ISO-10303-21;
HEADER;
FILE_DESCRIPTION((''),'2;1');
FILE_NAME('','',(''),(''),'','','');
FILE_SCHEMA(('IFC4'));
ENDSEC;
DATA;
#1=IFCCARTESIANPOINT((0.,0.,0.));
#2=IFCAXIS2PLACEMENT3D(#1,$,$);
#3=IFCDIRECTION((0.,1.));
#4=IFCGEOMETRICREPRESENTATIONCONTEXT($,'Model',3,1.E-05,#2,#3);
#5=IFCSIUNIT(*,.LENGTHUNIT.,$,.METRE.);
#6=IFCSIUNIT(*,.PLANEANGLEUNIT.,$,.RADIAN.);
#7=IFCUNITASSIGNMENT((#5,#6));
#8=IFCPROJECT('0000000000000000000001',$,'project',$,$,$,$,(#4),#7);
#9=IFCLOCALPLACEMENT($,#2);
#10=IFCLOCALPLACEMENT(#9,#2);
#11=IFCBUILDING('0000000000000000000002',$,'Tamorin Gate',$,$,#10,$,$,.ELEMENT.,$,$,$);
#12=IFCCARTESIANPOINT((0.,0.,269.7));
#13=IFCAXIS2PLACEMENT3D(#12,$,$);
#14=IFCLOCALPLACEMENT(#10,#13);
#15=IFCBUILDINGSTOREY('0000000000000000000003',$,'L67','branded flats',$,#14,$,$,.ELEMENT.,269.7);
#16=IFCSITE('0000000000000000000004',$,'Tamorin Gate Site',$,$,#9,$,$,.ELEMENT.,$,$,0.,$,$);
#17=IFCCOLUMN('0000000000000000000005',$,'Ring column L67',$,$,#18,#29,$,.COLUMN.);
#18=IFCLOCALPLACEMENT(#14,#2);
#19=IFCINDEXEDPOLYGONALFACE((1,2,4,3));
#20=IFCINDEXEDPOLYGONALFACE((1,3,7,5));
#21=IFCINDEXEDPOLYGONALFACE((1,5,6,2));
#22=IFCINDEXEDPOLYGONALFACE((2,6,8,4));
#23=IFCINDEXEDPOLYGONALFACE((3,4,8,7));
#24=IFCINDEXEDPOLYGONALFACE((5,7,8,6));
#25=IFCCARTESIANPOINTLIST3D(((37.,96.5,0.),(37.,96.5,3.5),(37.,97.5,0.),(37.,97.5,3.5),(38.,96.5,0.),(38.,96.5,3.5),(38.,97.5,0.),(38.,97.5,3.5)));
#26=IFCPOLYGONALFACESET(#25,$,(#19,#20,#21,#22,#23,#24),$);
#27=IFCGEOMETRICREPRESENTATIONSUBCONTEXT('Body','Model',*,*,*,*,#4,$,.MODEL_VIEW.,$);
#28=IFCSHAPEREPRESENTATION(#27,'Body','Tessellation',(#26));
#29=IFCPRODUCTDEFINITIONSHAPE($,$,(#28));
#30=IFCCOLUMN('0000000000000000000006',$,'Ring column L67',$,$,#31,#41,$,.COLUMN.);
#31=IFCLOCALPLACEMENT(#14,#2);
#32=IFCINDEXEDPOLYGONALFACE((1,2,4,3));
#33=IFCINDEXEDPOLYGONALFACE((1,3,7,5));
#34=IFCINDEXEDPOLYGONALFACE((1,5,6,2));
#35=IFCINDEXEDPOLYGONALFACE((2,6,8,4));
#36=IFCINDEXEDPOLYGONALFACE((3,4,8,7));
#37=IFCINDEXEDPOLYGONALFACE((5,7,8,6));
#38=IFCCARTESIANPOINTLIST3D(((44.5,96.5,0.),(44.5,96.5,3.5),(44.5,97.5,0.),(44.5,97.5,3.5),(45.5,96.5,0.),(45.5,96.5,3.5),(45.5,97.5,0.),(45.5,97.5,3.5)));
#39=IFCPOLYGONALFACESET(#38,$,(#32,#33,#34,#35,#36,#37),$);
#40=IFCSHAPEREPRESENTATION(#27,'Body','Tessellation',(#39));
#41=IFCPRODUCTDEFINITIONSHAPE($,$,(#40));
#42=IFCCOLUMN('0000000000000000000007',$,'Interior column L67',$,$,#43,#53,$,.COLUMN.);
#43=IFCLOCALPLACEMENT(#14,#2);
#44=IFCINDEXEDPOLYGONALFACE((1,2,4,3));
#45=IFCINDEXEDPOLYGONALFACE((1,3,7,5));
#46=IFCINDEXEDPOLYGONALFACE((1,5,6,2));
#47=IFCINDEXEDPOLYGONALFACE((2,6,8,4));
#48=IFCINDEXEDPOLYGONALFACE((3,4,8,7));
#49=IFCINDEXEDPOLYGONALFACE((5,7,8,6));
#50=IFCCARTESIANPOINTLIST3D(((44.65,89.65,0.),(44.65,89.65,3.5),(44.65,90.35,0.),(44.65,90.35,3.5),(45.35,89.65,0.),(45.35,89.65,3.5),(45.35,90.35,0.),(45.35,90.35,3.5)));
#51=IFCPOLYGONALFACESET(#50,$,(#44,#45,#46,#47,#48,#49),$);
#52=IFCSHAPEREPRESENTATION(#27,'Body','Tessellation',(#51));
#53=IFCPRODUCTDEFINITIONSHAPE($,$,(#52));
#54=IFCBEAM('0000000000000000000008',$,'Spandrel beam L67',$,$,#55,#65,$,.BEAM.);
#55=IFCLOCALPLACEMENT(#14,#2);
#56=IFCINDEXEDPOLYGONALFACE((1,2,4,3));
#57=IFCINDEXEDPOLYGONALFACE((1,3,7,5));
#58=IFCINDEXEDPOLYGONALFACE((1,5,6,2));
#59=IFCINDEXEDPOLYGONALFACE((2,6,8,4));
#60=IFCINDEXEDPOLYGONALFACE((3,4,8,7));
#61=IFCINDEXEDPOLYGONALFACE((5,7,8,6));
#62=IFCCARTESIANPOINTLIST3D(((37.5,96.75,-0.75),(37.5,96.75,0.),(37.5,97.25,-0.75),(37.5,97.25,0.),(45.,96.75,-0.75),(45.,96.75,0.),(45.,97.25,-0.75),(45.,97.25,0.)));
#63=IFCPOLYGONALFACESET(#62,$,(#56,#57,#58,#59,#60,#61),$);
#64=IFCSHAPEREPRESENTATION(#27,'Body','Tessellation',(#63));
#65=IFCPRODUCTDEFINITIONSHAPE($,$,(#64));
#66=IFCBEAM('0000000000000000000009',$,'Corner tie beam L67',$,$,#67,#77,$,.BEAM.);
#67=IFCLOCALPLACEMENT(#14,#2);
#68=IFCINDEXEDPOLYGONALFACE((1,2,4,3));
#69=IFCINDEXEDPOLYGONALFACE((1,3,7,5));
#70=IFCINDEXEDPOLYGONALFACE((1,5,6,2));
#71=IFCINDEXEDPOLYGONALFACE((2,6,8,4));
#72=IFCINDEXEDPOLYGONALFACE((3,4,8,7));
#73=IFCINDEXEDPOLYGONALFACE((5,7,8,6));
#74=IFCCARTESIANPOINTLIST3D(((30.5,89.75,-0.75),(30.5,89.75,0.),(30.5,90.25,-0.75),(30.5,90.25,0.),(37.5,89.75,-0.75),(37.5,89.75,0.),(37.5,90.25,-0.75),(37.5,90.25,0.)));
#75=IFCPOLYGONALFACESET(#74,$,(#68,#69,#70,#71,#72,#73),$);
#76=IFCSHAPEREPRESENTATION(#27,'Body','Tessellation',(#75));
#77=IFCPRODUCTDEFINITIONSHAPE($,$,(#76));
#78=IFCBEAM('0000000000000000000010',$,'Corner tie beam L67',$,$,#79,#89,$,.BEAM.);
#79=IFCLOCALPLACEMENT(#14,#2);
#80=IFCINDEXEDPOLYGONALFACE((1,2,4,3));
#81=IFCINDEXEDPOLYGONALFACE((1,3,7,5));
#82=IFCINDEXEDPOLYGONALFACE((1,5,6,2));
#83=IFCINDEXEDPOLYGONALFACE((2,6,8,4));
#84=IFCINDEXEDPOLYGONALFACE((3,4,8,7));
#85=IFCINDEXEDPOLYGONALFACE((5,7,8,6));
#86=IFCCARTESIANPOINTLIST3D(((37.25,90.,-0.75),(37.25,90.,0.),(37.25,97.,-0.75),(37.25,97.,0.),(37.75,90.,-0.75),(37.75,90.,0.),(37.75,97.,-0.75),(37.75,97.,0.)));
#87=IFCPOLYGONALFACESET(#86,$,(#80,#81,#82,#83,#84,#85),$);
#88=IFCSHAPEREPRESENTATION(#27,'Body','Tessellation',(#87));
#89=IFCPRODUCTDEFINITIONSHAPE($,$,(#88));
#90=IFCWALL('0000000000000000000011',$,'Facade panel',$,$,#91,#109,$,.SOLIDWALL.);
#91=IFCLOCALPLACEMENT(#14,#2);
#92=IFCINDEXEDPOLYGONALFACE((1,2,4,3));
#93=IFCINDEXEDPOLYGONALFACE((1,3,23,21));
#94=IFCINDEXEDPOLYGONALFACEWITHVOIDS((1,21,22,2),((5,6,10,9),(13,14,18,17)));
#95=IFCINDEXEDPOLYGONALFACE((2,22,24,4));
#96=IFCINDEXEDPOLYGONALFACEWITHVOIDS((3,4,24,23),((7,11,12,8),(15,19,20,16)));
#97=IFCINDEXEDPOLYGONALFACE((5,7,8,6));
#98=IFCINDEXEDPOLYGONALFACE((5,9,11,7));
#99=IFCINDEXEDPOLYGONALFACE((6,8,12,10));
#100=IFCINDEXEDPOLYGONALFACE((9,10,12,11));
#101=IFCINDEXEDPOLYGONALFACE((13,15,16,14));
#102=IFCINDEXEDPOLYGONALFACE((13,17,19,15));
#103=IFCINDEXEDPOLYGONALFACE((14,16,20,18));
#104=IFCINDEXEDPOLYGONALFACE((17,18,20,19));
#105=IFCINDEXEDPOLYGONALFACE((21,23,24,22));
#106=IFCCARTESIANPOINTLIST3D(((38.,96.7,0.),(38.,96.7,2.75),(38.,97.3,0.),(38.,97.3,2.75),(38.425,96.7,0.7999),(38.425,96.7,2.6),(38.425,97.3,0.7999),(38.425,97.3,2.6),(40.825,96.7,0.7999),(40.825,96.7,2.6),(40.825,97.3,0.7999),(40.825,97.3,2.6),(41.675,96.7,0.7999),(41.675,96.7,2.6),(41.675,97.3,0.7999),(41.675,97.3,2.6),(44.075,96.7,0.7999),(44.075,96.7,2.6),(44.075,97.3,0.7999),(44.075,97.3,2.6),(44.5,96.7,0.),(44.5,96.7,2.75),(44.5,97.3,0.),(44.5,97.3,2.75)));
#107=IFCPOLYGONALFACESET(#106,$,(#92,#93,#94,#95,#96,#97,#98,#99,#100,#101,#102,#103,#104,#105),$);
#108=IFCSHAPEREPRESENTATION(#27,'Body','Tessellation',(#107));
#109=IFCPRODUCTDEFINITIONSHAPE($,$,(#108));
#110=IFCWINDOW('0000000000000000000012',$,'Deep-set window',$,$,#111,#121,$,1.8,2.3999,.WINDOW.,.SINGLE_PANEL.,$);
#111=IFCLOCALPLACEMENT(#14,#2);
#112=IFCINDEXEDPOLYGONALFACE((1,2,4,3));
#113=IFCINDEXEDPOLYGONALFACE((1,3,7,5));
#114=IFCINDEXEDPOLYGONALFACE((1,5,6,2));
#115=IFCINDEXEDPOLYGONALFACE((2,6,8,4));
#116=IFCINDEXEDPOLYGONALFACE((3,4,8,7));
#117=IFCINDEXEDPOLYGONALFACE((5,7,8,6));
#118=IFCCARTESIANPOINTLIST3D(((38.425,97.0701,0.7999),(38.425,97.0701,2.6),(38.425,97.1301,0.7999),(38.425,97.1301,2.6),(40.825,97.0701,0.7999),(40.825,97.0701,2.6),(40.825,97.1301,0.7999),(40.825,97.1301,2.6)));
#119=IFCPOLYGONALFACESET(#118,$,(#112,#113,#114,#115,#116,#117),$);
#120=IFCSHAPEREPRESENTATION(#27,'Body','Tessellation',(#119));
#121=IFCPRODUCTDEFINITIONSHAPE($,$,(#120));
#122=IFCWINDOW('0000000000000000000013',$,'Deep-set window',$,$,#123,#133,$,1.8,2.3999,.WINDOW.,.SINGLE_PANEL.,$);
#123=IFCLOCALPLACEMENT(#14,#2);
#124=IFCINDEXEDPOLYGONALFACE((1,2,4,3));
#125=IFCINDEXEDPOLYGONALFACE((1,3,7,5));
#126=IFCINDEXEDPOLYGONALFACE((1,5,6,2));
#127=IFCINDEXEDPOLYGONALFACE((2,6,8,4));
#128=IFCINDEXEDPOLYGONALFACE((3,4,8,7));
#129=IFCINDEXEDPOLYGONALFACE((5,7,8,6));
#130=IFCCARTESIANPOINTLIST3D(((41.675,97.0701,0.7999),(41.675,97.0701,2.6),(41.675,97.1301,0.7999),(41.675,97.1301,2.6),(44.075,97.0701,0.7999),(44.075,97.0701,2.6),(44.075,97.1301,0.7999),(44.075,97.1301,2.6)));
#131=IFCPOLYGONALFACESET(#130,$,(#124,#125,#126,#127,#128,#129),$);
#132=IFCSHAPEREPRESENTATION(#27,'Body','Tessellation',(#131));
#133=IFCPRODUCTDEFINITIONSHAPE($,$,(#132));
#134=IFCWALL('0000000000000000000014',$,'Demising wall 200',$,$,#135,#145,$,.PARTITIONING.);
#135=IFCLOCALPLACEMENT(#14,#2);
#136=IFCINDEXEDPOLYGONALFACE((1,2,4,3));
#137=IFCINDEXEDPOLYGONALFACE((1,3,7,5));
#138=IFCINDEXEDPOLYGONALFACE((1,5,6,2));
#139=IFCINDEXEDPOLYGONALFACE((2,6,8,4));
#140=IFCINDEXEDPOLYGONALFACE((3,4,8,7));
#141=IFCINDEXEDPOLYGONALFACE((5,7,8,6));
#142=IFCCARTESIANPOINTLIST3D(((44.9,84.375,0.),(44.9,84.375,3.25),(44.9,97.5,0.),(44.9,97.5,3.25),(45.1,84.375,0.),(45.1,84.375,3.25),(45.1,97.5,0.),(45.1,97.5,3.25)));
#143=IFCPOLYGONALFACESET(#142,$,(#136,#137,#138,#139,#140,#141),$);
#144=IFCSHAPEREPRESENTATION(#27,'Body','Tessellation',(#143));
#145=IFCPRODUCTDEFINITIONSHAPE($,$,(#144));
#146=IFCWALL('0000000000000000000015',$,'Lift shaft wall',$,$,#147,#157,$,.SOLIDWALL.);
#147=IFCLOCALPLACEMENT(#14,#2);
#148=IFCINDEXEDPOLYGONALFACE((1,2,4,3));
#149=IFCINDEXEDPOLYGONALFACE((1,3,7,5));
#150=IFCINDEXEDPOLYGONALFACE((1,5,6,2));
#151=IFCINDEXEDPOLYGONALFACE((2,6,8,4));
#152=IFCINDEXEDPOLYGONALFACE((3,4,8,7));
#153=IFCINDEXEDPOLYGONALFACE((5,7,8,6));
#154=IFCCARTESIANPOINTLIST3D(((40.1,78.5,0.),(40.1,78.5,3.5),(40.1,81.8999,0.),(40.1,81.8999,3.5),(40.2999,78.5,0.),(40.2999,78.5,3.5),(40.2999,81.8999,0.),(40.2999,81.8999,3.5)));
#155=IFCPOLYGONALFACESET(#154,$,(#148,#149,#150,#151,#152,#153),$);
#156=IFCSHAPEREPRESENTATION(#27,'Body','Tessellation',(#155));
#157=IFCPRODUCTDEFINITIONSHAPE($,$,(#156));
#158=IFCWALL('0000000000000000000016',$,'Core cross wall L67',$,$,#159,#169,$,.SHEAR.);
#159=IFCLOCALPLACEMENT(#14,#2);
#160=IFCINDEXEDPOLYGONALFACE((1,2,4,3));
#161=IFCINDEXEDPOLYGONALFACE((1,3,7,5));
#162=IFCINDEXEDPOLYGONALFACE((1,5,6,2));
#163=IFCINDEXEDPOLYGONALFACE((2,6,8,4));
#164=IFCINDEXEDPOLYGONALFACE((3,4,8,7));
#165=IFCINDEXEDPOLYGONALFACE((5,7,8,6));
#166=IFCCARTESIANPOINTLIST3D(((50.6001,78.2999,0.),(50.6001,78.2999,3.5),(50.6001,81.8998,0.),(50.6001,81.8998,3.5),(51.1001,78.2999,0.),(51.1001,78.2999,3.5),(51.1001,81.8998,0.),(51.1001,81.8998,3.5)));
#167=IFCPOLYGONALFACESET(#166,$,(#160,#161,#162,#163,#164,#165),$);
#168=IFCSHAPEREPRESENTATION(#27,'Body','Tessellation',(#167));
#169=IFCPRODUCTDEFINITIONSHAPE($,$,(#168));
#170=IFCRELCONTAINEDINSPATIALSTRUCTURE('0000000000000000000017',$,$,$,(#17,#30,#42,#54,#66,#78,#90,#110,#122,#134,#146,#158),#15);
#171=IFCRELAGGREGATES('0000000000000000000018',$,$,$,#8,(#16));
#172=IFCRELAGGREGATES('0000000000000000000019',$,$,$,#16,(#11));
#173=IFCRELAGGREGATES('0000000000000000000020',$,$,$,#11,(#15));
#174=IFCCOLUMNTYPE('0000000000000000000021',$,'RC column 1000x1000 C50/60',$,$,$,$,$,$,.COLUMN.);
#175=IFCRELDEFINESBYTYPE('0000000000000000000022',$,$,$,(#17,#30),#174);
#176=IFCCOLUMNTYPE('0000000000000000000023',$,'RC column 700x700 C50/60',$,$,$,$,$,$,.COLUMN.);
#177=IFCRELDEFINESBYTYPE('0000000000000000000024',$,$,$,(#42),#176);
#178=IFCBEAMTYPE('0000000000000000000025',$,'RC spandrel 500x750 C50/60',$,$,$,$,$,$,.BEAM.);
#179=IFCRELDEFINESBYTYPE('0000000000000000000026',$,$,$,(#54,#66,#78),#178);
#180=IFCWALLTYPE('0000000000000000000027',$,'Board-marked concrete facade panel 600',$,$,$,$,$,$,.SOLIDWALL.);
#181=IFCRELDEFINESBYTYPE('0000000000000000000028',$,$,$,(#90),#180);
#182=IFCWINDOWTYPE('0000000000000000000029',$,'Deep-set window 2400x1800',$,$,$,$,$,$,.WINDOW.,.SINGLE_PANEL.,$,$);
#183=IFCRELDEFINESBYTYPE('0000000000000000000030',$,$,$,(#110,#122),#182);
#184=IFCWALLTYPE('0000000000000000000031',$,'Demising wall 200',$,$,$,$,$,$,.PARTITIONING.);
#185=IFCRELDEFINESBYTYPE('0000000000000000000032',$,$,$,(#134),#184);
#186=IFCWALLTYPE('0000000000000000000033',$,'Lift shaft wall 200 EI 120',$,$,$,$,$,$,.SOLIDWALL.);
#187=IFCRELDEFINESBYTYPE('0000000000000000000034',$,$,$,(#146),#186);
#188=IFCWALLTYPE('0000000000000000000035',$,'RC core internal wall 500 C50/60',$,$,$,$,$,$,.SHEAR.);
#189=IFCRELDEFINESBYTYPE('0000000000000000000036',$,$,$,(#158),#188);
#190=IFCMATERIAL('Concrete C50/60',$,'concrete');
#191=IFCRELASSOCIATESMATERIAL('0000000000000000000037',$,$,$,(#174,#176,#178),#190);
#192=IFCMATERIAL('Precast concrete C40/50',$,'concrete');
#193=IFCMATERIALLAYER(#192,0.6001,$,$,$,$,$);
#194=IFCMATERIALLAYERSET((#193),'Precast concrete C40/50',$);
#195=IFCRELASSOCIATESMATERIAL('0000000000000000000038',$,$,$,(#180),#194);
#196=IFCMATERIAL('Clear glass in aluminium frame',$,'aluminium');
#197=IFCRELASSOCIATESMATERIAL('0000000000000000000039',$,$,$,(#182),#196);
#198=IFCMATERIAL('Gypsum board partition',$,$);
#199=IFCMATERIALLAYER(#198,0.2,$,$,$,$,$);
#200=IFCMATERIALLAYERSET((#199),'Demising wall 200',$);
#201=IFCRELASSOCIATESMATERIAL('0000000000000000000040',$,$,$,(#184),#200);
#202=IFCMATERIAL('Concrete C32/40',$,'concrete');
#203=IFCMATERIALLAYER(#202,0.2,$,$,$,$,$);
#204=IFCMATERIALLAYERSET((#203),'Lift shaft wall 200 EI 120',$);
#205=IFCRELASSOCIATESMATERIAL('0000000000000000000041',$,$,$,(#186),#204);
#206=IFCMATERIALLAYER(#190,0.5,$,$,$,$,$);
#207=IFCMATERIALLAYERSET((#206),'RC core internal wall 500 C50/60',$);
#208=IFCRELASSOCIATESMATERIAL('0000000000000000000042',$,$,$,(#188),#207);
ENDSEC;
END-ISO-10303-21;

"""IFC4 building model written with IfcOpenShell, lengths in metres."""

from ifc_helpers import new_model, si_unit, direction, frame, frame_2d, origin, origin_2d, place, context, subcontext, project, spatial, rectangle, extrude, material, layer, layer_set, material_profile, profile_set, type_object, element, fill, save


model = new_model("IFC4")

# Units and contexts
model_context = context("Model", 3, precision=1e-05, world=origin(), true_north=direction((0.0, 1.0)))
body_context = subcontext(model_context, "Body", "Model", "MODEL_VIEW")
ifc_project = project(units=[si_unit("LENGTHUNIT", "METRE"), si_unit("PLANEANGLEUNIT", "RADIAN")], contexts=[model_context])

# Site, building, storey
site_placement = place(None, origin())
site = spatial("IfcSite", under=ifc_project, at=site_placement, Name="Tamorin Gate Site", CompositionType="ELEMENT", RefElevation=0.0)
building_placement = place(site_placement, origin())
building = spatial("IfcBuilding", under=site, at=building_placement, Name="Tamorin Gate", CompositionType="ELEMENT")
storey_placement = place(building_placement, frame((0.0, 0.0, 269.7)))
storey = spatial("IfcBuildingStorey", under=building, at=storey_placement, Name="L67", Description="branded flats", CompositionType="ELEMENT", Elevation=269.7)

# Columns
ifc_material_1 = material(Name="Concrete C50/60", Category="concrete")
ifc_material_profile_1 = material_profile(ifc_material_1, rectangle(XDim=1.0, YDim=1.0, at=origin_2d()), Name="RC 1000x1000")
ifc_profile_set_1 = profile_set([ifc_material_profile_1], Name="Concrete C50/60")
column_type_1 = type_object("IfcColumnType", Name="RC column 1000x1000 C50/60", PredefinedType="COLUMN", material=ifc_profile_set_1)
for number, where, z_axis, x_axis, name in (
    (1, (37.5, 97.0, 0.0), (0.0, 0.0, 1.0), (1.0, 0.0, 0.0), "Ring column L67"),
    (2, (45.0, 97.0, 0.0), (0.0, 0.0, 1.0), (1.0, 0.0, 0.0), "Ring column L67"),
):
    element("IfcColumn", number, at=place(storey_placement, frame(where, z_axis=z_axis, x_axis=x_axis)), inside=storey, type_object=column_type_1, Name=name, PredefinedType="COLUMN", context=body_context, shape_type="SweptSolid", body=[
        extrude(rectangle(XDim=1.0, YDim=1.0, at=origin_2d()), origin(), (0.0, 0.0, 1.0), 3.5),
    ])
ifc_material_profile_2 = material_profile(ifc_material_1, rectangle(XDim=0.7, YDim=0.7, at=origin_2d()), Name="RC 700x700")
ifc_profile_set_2 = profile_set([ifc_material_profile_2], Name="Concrete C50/60")
column_type_2 = type_object("IfcColumnType", Name="RC column 700x700 C50/60", PredefinedType="COLUMN", material=ifc_profile_set_2)
column_placement = place(storey_placement, frame((45.0, 90.0, 0.0), z_axis=(0.0, 0.0, 1.0), x_axis=(1.0, 0.0, 0.0)))
element("IfcColumn", 3, at=column_placement, inside=storey, type_object=column_type_2, Name="Interior column L67", PredefinedType="COLUMN", context=body_context, shape_type="SweptSolid", body=[
    extrude(rectangle(XDim=0.7, YDim=0.7, at=origin_2d()), origin(), (0.0, 0.0, 1.0), 3.5),
])

# Beams
ifc_material_profile_3 = material_profile(ifc_material_1, rectangle(XDim=0.5, YDim=0.75, at=origin_2d()), Name="RC 500x750")
ifc_profile_set_3 = profile_set([ifc_material_profile_3], Name="Concrete C50/60")
beam_type = type_object("IfcBeamType", Name="RC spandrel 500x750 C50/60", PredefinedType="BEAM", material=ifc_profile_set_3)
beam_placement = place(storey_placement, frame((45.0, 97.0, -0.375), z_axis=(-1.0, 0.0, 0.0), x_axis=(0.0, -1.0, 0.0)))
element("IfcBeam", 4, at=beam_placement, inside=storey, type_object=beam_type, Name="Spandrel beam L67", PredefinedType="BEAM", context=body_context, shape_type="SweptSolid", body=[
    extrude(rectangle(XDim=0.5, YDim=0.75, at=origin_2d()), origin(), (0.0, 0.0, 1.0), 7.5),
])
for number, where, z_axis, x_axis, name in (
    (5, (37.5, 90.0, -0.375), (-1.0, 0.0, 0.0), (0.0, -1.0, 0.0), "Corner tie beam L67"),
    (6, (37.5, 90.0, -0.375), (0.0, 1.0, 0.0), (-1.0, 0.0, 0.0), "Corner tie beam L67"),
):
    element("IfcBeam", number, at=place(storey_placement, frame(where, z_axis=z_axis, x_axis=x_axis)), inside=storey, type_object=beam_type, Name=name, PredefinedType="BEAM", context=body_context, shape_type="SweptSolid", body=[
        extrude(rectangle(XDim=0.5, YDim=0.75, at=origin_2d()), origin(), (0.0, 0.0, 1.0), 7.0),
    ])

# Wall, openings, windows
ifc_material_2 = material(Name="Precast concrete C40/50", Category="concrete")
ifc_layer_1 = layer(ifc_material_2, 0.6001)
ifc_layer_set_1 = layer_set([ifc_layer_1], Name="Precast concrete C40/50")
wall_type_1 = type_object("IfcWallType", Name="Board-marked concrete facade panel 600", PredefinedType="SOLIDWALL", material=ifc_layer_set_1)
wall_1_placement = place(storey_placement, frame((44.5, 97.0, 0.0), z_axis=(0.0, 0.0, 1.0), x_axis=(-1.0, 0.0, 0.0)))
wall_1 = element("IfcWall", 7, at=wall_1_placement, inside=storey, type_object=wall_type_1, Name="Facade panel", PredefinedType="SOLIDWALL", context=body_context, shape_type="SweptSolid", body=[
    extrude(rectangle(XDim=6.5, YDim=0.6001, at=frame_2d((3.25, 0.0))), origin(), (0.0, 0.0, 1.0), 2.75),
])
opening_1_placement = place(wall_1_placement, frame((3.675, 0.0, 0.8)))
opening_1 = element("IfcOpeningElement", 8, at=opening_1_placement, cuts=wall_1, PredefinedType="OPENING", context=body_context, shape_type="SweptSolid", body=[
    extrude(rectangle(XDim=2.3999, YDim=1.8, at=frame_2d((1.2, 0.8999))), frame((0.0, 0.3101, 0.0), z_axis=(0.0, -1.0, 0.0), x_axis=(1.0, 0.0, 0.0)), (0.0, 0.0, 1.0), 0.6201),
])
opening_2_placement = place(wall_1_placement, frame((0.425, 0.0, 0.8)))
opening_2 = element("IfcOpeningElement", 9, at=opening_2_placement, cuts=wall_1, PredefinedType="OPENING", context=body_context, shape_type="SweptSolid", body=[
    extrude(rectangle(XDim=2.3999, YDim=1.8, at=frame_2d((1.2, 0.8999))), frame((0.0, 0.3101, 0.0), z_axis=(0.0, -1.0, 0.0), x_axis=(1.0, 0.0, 0.0)), (0.0, 0.0, 1.0), 0.6201),
])
ifc_material_3 = material(Name="Clear glass in aluminium frame", Category="aluminium")
window_type = type_object("IfcWindowType", Name="Deep-set window 2400x1800", PartitioningType="SINGLE_PANEL", PredefinedType="WINDOW", material=ifc_material_3)
window_1_placement = place(opening_1_placement, origin())
window_1 = element("IfcWindow", 10, at=window_1_placement, inside=storey, type_object=window_type, Name="Deep-set window", OverallHeight=1.8, OverallWidth=2.3999, PartitioningType="SINGLE_PANEL", PredefinedType="WINDOW", context=body_context, shape_type="SweptSolid", body=[
    extrude(rectangle(XDim=2.3999, YDim=1.8, at=frame_2d((1.2, 0.8999))), frame((0.0, -0.0701, 0.0), z_axis=(0.0, -1.0, 0.0), x_axis=(1.0, 0.0, 0.0)), (0.0, 0.0, 1.0), 0.0601),
])
fill(opening_1, window_1)
window_2_placement = place(opening_2_placement, origin())
window_2 = element("IfcWindow", 11, at=window_2_placement, inside=storey, type_object=window_type, Name="Deep-set window", OverallHeight=1.8, OverallWidth=2.3999, PartitioningType="SINGLE_PANEL", PredefinedType="WINDOW", context=body_context, shape_type="SweptSolid", body=[
    extrude(rectangle(XDim=2.3999, YDim=1.8, at=frame_2d((1.2, 0.8999))), frame((0.0, -0.0701, 0.0), z_axis=(0.0, -1.0, 0.0), x_axis=(1.0, 0.0, 0.0)), (0.0, 0.0, 1.0), 0.0601),
])
fill(opening_2, window_2)

# Walls
ifc_material_4 = material(Name="Gypsum board partition")
ifc_layer_2 = layer(ifc_material_4, 0.2)
ifc_layer_set_2 = layer_set([ifc_layer_2], Name="Demising wall 200")
wall_type_2 = type_object("IfcWallType", Name="Demising wall 200", PredefinedType="PARTITIONING", material=ifc_layer_set_2)
wall_2_placement = place(storey_placement, frame((45.0, 84.375, 0.0), z_axis=(0.0, 0.0, 1.0), x_axis=(0.0, 1.0, 0.0)))
element("IfcWall", 12, at=wall_2_placement, inside=storey, type_object=wall_type_2, Name="Demising wall 200", PredefinedType="PARTITIONING", context=body_context, shape_type="SweptSolid", body=[
    extrude(rectangle(XDim=13.125, YDim=0.2, at=frame_2d((6.5625, 0.0))), origin(), (0.0, 0.0, 1.0), 3.25),
])
ifc_material_5 = material(Name="Concrete C32/40", Category="concrete")
ifc_layer_3 = layer(ifc_material_5, 0.2)
ifc_layer_set_3 = layer_set([ifc_layer_3], Name="Lift shaft wall 200 EI 120")
wall_type_3 = type_object("IfcWallType", Name="Lift shaft wall 200 EI 120", PredefinedType="SOLIDWALL", material=ifc_layer_set_3)
wall_3_placement = place(storey_placement, frame((40.2, 78.5, 0.0), z_axis=(0.0, 0.0, 1.0), x_axis=(0.0, 1.0, 0.0)))
element("IfcWall", 13, at=wall_3_placement, inside=storey, type_object=wall_type_3, Name="Lift shaft wall", PredefinedType="SOLIDWALL", context=body_context, shape_type="SweptSolid", body=[
    extrude(rectangle(XDim=3.3999, YDim=0.2, at=frame_2d((1.7, 0.0))), origin(), (0.0, 0.0, 1.0), 3.5),
])
ifc_layer_4 = layer(ifc_material_1, 0.5)
ifc_layer_set_4 = layer_set([ifc_layer_4], Name="RC core internal wall 500 C50/60")
wall_type_4 = type_object("IfcWallType", Name="RC core internal wall 500 C50/60", PredefinedType="SHEAR", material=ifc_layer_set_4)
wall_4_placement = place(storey_placement, frame((50.8501, 78.3, 0.0), z_axis=(0.0, 0.0, 1.0), x_axis=(0.0, 1.0, 0.0)))
element("IfcWall", 14, at=wall_4_placement, inside=storey, type_object=wall_type_4, Name="Core cross wall L67", PredefinedType="SHEAR", context=body_context, shape_type="SweptSolid", body=[
    extrude(rectangle(XDim=3.5999, YDim=0.5, at=frame_2d((1.7998, 0.0))), origin(), (0.0, 0.0, 1.0), 3.5),
])

save(model, "model.ifc")
